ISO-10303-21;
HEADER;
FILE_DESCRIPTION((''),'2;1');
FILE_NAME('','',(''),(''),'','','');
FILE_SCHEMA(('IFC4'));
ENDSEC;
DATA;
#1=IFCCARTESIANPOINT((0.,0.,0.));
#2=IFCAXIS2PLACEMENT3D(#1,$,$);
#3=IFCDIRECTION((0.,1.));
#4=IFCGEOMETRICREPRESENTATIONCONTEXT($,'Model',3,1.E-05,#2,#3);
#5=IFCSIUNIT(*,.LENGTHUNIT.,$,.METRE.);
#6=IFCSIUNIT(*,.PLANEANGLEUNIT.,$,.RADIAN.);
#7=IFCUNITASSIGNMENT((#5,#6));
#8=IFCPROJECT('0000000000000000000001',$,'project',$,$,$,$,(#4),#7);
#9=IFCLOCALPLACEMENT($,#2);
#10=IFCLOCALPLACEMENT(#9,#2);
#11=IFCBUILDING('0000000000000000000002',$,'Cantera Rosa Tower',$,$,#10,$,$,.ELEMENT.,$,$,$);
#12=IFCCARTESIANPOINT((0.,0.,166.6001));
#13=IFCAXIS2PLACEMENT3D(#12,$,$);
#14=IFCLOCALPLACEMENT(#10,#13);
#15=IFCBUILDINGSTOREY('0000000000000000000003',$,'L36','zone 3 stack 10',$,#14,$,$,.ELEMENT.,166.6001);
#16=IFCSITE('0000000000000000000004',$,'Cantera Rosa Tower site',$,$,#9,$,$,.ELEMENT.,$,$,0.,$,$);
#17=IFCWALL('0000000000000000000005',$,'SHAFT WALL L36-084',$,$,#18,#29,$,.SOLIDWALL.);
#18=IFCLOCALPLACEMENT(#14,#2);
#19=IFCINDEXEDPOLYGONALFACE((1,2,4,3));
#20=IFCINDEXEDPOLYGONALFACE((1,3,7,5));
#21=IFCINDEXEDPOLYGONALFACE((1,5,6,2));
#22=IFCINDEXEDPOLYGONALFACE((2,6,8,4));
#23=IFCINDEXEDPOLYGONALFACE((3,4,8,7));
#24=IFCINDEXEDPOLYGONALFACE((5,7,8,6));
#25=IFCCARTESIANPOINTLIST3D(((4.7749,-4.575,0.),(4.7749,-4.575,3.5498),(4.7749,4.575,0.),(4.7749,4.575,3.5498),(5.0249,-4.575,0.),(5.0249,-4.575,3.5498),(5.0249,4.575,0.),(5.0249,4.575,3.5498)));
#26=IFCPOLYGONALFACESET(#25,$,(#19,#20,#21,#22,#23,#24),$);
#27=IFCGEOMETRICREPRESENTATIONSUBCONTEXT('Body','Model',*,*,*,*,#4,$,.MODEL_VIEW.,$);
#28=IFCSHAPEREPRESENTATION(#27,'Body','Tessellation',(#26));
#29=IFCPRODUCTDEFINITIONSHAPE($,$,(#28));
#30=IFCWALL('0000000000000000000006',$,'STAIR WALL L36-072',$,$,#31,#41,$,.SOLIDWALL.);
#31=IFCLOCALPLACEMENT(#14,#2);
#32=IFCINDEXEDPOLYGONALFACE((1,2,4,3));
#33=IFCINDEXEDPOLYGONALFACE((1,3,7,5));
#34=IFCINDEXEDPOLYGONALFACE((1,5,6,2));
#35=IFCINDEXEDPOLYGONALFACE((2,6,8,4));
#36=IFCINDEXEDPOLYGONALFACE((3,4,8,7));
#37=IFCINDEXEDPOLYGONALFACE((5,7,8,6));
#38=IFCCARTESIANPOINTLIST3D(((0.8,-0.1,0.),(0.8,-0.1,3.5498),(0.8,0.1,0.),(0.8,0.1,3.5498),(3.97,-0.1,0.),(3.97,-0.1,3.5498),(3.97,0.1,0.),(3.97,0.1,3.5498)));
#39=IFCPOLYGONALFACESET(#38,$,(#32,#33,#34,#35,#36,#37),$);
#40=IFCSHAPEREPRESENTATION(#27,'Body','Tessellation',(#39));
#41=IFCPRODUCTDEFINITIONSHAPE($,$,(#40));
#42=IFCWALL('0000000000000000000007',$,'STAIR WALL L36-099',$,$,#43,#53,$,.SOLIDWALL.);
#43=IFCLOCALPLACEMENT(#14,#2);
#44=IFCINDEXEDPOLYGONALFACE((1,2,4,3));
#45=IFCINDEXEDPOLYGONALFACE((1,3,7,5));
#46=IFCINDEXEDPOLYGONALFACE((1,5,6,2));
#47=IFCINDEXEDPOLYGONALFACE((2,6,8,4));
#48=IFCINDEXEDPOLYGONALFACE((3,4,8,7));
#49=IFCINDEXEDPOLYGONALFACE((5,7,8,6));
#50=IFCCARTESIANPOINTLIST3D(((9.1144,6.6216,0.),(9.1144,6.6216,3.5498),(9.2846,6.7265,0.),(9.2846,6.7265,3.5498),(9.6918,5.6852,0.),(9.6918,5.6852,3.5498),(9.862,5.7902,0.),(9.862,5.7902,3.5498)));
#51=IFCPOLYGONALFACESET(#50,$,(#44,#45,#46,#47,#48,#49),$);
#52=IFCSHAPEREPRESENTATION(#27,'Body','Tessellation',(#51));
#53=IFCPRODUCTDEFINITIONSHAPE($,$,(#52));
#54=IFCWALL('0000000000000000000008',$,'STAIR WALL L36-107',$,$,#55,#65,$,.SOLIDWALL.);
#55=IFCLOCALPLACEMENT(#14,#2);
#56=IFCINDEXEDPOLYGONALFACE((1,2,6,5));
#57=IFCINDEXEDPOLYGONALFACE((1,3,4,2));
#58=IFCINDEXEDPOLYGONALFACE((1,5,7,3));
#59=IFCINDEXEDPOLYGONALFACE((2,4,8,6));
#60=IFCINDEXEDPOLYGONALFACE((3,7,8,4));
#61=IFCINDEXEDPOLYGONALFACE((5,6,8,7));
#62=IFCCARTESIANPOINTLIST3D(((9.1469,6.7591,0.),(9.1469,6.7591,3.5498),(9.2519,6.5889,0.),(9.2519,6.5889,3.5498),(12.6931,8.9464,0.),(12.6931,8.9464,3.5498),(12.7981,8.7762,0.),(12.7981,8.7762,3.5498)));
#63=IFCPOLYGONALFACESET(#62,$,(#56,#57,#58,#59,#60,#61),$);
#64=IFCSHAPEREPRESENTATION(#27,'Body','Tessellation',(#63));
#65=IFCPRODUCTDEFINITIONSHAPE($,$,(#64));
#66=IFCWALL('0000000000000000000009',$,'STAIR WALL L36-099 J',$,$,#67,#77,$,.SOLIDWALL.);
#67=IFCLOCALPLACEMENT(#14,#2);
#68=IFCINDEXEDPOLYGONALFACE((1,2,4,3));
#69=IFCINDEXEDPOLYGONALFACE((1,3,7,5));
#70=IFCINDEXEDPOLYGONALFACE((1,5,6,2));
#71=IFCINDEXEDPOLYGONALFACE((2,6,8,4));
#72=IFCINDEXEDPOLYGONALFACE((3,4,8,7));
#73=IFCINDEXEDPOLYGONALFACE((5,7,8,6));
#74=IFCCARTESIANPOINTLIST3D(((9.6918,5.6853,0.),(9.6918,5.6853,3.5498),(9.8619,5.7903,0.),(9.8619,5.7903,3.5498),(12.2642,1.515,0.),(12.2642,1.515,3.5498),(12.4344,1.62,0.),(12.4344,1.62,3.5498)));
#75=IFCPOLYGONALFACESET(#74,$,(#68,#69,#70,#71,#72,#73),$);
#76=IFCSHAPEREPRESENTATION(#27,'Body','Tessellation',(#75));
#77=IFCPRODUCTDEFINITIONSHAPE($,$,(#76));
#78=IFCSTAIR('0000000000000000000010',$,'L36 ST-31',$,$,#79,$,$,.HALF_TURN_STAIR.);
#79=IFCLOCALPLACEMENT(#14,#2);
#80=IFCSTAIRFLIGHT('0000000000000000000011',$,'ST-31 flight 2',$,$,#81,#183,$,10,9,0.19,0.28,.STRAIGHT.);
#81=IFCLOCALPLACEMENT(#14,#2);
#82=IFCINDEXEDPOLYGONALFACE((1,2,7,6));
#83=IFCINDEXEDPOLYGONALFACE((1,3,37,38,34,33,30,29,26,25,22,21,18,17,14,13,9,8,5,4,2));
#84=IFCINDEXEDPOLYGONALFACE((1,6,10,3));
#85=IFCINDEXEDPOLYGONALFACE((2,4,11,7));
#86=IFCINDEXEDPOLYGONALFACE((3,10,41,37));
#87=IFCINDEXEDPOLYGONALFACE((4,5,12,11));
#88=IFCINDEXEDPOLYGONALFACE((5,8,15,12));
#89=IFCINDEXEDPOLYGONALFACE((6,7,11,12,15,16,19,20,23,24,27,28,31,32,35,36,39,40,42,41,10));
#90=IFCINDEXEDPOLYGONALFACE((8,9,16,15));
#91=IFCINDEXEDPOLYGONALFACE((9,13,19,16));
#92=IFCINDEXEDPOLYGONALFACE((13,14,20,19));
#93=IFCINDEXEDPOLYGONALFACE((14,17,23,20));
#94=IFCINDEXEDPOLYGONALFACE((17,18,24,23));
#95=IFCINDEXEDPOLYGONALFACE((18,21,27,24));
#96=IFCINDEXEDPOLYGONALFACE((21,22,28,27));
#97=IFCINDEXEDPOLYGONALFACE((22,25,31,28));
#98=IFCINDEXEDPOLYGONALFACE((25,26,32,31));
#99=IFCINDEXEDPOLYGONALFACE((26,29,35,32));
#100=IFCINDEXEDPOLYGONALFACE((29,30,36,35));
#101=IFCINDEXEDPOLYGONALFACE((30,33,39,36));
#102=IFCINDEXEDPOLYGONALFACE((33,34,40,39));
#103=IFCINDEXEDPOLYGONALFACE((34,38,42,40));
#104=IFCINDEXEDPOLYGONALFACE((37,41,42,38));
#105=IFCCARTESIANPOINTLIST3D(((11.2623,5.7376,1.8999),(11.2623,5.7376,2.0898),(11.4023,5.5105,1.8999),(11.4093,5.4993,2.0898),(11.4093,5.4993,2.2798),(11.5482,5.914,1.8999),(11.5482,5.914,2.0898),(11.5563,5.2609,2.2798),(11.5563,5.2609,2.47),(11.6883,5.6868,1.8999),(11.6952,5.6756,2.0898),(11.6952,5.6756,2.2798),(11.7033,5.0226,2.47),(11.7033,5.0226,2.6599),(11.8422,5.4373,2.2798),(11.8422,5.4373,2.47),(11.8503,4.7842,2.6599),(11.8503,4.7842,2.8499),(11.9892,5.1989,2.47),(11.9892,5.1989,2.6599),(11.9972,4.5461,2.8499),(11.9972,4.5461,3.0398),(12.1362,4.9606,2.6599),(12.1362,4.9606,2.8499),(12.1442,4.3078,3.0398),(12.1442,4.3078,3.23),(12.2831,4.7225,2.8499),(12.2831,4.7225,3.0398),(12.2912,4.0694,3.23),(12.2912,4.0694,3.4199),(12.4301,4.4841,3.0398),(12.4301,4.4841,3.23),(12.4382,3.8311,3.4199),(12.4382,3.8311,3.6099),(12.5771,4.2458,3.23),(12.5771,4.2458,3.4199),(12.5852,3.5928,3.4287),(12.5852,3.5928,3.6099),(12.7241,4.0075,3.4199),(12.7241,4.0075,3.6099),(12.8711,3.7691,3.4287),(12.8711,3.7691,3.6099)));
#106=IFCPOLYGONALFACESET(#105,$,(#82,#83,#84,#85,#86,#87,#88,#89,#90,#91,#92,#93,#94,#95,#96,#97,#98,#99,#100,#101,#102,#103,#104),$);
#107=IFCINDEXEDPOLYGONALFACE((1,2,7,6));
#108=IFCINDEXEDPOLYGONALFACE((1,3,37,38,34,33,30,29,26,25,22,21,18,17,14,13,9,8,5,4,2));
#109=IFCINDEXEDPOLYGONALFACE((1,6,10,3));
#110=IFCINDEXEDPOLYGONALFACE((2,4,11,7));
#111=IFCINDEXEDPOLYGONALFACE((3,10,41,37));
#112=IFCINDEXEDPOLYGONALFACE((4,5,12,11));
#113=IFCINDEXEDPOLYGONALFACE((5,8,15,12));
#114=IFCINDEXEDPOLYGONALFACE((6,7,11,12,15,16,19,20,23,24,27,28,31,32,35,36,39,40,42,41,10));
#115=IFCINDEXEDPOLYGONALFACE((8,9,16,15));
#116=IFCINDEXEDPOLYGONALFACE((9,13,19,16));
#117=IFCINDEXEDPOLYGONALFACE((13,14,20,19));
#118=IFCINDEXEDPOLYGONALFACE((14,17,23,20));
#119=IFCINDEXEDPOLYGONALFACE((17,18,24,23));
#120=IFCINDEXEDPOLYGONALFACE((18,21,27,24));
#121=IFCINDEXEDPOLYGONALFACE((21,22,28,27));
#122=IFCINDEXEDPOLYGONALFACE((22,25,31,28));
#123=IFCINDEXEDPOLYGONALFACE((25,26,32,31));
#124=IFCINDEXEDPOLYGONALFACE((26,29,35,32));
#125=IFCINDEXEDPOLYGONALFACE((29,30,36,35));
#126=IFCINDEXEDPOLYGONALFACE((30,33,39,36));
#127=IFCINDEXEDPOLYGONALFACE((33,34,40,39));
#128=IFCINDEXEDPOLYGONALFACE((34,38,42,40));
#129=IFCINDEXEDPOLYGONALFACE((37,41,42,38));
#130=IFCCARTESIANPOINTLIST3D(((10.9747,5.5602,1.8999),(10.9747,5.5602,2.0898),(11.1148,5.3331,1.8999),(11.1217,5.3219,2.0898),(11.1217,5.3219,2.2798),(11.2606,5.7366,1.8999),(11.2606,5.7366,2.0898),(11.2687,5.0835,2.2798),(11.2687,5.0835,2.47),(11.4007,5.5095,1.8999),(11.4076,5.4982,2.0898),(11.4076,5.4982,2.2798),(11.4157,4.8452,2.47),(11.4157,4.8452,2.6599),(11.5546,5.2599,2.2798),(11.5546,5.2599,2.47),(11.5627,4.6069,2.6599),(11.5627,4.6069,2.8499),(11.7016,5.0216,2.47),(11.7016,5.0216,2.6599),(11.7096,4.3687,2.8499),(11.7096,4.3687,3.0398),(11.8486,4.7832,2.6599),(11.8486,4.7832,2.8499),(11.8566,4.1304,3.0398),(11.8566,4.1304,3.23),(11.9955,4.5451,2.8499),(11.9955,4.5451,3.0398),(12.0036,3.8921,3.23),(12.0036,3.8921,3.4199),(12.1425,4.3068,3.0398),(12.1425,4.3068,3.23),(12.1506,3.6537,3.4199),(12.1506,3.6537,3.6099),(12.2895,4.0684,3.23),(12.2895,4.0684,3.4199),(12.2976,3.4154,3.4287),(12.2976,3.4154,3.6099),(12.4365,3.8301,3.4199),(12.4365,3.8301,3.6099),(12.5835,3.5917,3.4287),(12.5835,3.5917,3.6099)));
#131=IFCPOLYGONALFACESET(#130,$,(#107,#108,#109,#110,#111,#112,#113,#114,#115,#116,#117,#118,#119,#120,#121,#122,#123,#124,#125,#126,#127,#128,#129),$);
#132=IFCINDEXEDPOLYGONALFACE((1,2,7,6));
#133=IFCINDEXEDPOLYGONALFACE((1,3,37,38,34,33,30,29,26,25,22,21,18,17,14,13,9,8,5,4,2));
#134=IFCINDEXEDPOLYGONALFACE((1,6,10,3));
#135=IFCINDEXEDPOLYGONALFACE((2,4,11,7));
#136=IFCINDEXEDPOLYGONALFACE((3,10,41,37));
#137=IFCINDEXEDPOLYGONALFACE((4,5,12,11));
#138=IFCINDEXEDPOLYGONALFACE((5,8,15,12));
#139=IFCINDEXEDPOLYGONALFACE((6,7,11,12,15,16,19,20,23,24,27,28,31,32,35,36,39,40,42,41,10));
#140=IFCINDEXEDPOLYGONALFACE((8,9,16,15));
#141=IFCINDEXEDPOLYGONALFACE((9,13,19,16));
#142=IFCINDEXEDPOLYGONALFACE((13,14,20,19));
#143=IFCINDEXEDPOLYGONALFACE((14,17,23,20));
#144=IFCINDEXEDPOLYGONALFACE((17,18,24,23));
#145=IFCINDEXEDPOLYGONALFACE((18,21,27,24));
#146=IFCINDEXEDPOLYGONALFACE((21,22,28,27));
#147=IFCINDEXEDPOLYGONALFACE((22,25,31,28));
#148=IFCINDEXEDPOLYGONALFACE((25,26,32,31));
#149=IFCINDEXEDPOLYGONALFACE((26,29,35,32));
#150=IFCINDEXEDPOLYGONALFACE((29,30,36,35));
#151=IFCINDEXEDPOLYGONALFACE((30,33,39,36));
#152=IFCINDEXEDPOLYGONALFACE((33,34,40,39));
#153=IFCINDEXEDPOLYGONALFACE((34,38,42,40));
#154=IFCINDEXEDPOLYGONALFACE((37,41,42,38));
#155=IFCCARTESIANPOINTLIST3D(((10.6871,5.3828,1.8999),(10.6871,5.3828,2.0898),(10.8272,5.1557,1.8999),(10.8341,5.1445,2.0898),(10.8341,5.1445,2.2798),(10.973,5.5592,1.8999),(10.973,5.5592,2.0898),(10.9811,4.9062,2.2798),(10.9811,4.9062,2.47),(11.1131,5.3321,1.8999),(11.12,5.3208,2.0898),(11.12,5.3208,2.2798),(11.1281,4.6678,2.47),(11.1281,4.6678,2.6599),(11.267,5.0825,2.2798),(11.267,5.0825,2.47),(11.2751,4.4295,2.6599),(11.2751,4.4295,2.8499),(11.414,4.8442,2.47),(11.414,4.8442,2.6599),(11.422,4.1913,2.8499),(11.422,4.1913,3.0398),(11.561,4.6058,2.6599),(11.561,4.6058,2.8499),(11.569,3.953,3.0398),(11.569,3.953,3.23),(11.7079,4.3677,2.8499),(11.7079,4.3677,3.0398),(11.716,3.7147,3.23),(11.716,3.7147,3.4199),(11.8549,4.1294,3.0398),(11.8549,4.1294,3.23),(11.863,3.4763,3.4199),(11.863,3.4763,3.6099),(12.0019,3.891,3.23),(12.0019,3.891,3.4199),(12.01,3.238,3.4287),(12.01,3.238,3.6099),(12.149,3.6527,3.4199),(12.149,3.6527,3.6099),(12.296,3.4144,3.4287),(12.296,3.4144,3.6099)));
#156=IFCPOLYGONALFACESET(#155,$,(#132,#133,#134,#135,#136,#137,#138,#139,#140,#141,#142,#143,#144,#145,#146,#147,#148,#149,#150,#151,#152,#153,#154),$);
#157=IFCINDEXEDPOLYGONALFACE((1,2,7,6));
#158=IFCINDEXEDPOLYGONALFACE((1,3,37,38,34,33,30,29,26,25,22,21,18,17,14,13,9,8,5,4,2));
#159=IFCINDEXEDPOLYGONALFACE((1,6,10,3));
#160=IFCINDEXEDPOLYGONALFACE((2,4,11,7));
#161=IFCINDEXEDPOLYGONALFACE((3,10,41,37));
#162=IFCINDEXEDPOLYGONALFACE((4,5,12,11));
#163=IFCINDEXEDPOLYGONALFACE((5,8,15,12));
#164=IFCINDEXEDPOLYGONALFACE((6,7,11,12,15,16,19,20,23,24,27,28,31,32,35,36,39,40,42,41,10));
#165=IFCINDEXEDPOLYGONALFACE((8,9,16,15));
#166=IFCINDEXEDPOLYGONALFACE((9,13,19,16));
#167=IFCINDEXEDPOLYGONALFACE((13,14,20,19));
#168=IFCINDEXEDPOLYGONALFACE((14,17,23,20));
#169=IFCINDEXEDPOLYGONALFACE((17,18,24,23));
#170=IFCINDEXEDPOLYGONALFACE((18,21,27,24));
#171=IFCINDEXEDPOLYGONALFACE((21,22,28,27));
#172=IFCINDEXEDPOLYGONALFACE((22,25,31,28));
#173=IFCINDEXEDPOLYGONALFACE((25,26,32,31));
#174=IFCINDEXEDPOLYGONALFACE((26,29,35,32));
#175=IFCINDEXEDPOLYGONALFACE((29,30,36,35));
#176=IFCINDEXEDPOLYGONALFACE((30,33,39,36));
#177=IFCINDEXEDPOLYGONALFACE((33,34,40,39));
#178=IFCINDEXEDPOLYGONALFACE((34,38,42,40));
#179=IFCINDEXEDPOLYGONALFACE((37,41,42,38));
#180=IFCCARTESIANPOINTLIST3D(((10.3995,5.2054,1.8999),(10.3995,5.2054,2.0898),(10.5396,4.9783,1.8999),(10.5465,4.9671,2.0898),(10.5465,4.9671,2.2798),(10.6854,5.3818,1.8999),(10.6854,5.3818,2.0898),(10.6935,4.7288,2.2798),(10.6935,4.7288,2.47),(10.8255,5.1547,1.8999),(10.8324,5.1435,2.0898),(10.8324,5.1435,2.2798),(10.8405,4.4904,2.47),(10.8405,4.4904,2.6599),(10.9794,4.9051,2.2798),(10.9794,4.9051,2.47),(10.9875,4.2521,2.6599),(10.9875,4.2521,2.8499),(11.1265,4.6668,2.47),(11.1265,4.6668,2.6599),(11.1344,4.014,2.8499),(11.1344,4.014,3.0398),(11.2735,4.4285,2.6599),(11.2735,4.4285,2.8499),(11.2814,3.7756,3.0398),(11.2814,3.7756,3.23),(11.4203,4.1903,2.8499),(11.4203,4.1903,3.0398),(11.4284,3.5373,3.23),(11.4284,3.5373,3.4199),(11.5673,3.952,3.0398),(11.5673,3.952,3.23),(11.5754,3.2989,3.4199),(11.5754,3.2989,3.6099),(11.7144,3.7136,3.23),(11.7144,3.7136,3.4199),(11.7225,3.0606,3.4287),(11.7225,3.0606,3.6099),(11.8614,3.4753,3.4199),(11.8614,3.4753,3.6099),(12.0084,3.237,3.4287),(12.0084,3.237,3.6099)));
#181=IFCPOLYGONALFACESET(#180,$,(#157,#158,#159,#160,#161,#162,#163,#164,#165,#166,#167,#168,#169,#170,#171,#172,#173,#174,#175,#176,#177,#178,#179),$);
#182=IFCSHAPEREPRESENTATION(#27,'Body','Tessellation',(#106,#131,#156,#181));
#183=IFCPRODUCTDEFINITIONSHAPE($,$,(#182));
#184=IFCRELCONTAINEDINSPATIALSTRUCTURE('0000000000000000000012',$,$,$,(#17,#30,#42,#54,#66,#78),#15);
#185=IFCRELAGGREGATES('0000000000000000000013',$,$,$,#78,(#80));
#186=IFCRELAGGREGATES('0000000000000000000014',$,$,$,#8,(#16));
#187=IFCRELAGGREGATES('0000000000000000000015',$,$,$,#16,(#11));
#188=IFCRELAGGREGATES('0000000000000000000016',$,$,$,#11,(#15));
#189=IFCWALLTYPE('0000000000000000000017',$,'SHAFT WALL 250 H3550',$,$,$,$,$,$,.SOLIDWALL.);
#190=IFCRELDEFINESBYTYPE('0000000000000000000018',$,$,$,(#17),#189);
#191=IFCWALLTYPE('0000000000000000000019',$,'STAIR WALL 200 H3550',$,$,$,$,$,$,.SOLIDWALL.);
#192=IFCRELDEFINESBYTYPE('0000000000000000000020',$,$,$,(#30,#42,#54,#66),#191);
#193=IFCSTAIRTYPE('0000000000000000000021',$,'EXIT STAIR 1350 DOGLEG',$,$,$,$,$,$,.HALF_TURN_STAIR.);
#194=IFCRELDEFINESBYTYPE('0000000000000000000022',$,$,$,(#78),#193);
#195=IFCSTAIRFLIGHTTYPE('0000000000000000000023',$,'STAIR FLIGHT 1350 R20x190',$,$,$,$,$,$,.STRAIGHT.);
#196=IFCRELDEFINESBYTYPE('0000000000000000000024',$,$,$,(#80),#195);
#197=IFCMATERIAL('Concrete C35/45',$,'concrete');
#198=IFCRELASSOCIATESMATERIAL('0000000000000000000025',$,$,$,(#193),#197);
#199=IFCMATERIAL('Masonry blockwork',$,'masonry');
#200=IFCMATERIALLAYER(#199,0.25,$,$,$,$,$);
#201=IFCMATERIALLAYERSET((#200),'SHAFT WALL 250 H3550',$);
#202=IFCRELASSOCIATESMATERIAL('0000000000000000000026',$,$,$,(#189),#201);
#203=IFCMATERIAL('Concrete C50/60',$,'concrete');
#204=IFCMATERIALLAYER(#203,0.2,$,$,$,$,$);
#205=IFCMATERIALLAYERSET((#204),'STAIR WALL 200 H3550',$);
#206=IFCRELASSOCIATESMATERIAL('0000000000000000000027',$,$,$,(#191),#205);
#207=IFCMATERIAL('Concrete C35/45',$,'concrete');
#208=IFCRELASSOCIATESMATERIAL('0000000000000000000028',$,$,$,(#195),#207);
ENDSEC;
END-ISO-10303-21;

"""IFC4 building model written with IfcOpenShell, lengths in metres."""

from ifc_helpers import new_model, si_unit, direction, frame, frame_2d, origin, place, context, subcontext, project, spatial, polyline, rectangle, outline, extrude, material, layer, layer_set, type_object, element, aggregate, save


model = new_model("IFC4")

# Units and contexts
model_context = context("Model", 3, precision=1e-05, world=origin(), true_north=direction((0.0, 1.0)))
body_context = subcontext(model_context, "Body", "Model", "MODEL_VIEW")
ifc_project = project(units=[si_unit("LENGTHUNIT", "METRE"), si_unit("PLANEANGLEUNIT", "RADIAN")], contexts=[model_context])

# Site, building, storey
site_placement = place(None, origin())
site = spatial("IfcSite", under=ifc_project, at=site_placement, Name="Cantera Rosa Tower site", CompositionType="ELEMENT", RefElevation=0.0)
building_placement = place(site_placement, origin())
building = spatial("IfcBuilding", under=site, at=building_placement, Name="Cantera Rosa Tower", CompositionType="ELEMENT")
storey_placement = place(building_placement, frame((0.0, 0.0, 166.6001)))
storey = spatial("IfcBuildingStorey", under=building, at=storey_placement, Name="L36", Description="zone 3 stack 10", CompositionType="ELEMENT", Elevation=166.6001)

# Shared definitions
ifc_material_1 = material(Name="Concrete C35/45", Category="concrete")
stair_type = type_object("IfcStairType", Name="EXIT STAIR 1350 DOGLEG", PredefinedType="HALF_TURN_STAIR", material=ifc_material_1)

# Walls
ifc_material_2 = material(Name="Masonry blockwork", Category="masonry")
ifc_layer_1 = layer(ifc_material_2, 0.25)
ifc_layer_set_1 = layer_set([ifc_layer_1], Name="SHAFT WALL 250 H3550")
wall_type_1 = type_object("IfcWallType", Name="SHAFT WALL 250 H3550", PredefinedType="SOLIDWALL", material=ifc_layer_set_1)
wall_1_placement = place(storey_placement, frame((4.8999, 4.575, 0.0), z_axis=(0.0, 0.0, 1.0), x_axis=(0.0, -1.0, 0.0)))
element("IfcWall", 1, at=wall_1_placement, inside=storey, type_object=wall_type_1, Name="SHAFT WALL L36-084", PredefinedType="SOLIDWALL", context=body_context, shape_type="SweptSolid", body=[
    extrude(rectangle(XDim=9.1499, YDim=0.25, at=frame_2d((4.575, 0.0))), origin(), (0.0, 0.0, 1.0), 3.5498),
])
ifc_material_3 = material(Name="Concrete C50/60", Category="concrete")
ifc_layer_2 = layer(ifc_material_3, 0.2)
ifc_layer_set_2 = layer_set([ifc_layer_2], Name="STAIR WALL 200 H3550")
wall_type_2 = type_object("IfcWallType", Name="STAIR WALL 200 H3550", PredefinedType="SOLIDWALL", material=ifc_layer_set_2)
wall_2_placement = place(storey_placement, frame((0.8, 0.0, 0.0), z_axis=(0.0, 0.0, 1.0), x_axis=(1.0, 0.0, 0.0)))
element("IfcWall", 2, at=wall_2_placement, inside=storey, type_object=wall_type_2, Name="STAIR WALL L36-072", PredefinedType="SOLIDWALL", context=body_context, shape_type="SweptSolid", body=[
    extrude(rectangle(XDim=3.1699, YDim=0.2, at=frame_2d((1.585, 0.0))), origin(), (0.0, 0.0, 1.0), 3.5498),
])
wall_3_placement = place(storey_placement, frame((9.1995, 6.6741, 0.0), z_axis=(0.0, 0.0, 1.0), x_axis=(0.524902, -0.851163, 0.0)))
element("IfcWall", 3, at=wall_3_placement, inside=storey, type_object=wall_type_2, Name="STAIR WALL L36-099", PredefinedType="SOLIDWALL", context=body_context, shape_type="SweptSolid", body=[
    extrude(rectangle(XDim=1.1001, YDim=0.2, at=frame_2d((0.55, 0.0))), origin(), (0.0, 0.0, 1.0), 3.5498),
])
wall_4_placement = place(storey_placement, frame((12.7456, 8.8613, 0.0), z_axis=(0.0, 0.0, 1.0), x_axis=(-0.851121, -0.52497, 0.0)))
element("IfcWall", 4, at=wall_4_placement, inside=storey, type_object=wall_type_2, Name="STAIR WALL L36-107", PredefinedType="SOLIDWALL", context=body_context, shape_type="SweptSolid", body=[
    extrude(rectangle(XDim=4.1665, YDim=0.2, at=frame_2d((2.0833, 0.0))), origin(), (0.0, 0.0, 1.0), 3.5498),
])
wall_5_placement = place(storey_placement, frame((9.7769, 5.7378, 0.0), z_axis=(0.0, 0.0, 1.0), x_axis=(0.525001, -0.851102, 0.0)))
element("IfcWall", 5, at=wall_5_placement, inside=storey, type_object=wall_type_2, Name="STAIR WALL L36-099 J", PredefinedType="SOLIDWALL", context=body_context, shape_type="SweptSolid", body=[
    extrude(rectangle(XDim=4.8999, YDim=0.2, at=frame_2d((2.45, 0.0))), origin(), (0.0, 0.0, 1.0), 3.5498),
])

# Stair, stair flight
stair_1_placement = place(storey_placement, origin())
stair_1 = element("IfcStair", 6, at=stair_1_placement, inside=storey, type_object=stair_type, Name="L36 ST-31", PredefinedType="HALF_TURN_STAIR")
ifc_material_4 = material(Name="Concrete C35/45", Category="concrete")
stair_flight_type = type_object("IfcStairFlightType", Name="STAIR FLIGHT 1350 R20x190", PredefinedType="STRAIGHT", material=ifc_material_4)
stair_flight_placement = place(storey_placement, frame((10.9736, 5.5596, 1.8999), z_axis=(0.0, 0.0, 1.0), x_axis=(0.524977, -0.851117, 0.0)))
stair_flight = element("IfcStairFlight", 7, at=stair_flight_placement, type_object=stair_flight_type, Name="ST-31 flight 2", NumberOfRisers=10, NumberOfTreads=9, PredefinedType="STRAIGHT", RiserHeight=0.19, TreadLength=0.28, context=body_context, shape_type="SweptSolid", body=[
    extrude(outline(polyline([(0.0, 0.0), (0.0, 0.1899), (0.28, 0.1899), (0.28, 0.3799), (0.5601, 0.3799), (0.5601, 0.5701), (0.8401, 0.5701), (0.8401, 0.76), (1.1201, 0.76), (1.1201, 0.95), (1.3999, 0.95), (1.3999, 1.1399), (1.6799, 1.1399), (1.6799, 1.3301), (1.96, 1.3301), (1.96, 1.52), (2.24, 1.52), (2.24, 1.71), (2.52, 1.71), (2.52, 1.8999), (2.52, 1.5288), (0.2668, 0.0), (0.0, 0.0)])), frame((0.0, 0.675, 0.0), z_axis=(0.0, -1.0, 0.0), x_axis=(1.0, 0.0, 0.0)), (0.0, 0.0, 1.0), 0.3359),
    extrude(outline(polyline([(0.0, 0.0), (0.0, 0.1899), (0.28, 0.1899), (0.28, 0.3799), (0.5601, 0.3799), (0.5601, 0.5701), (0.8401, 0.5701), (0.8401, 0.76), (1.1201, 0.76), (1.1201, 0.95), (1.3999, 0.95), (1.3999, 1.1399), (1.6799, 1.1399), (1.6799, 1.3301), (1.96, 1.3301), (1.96, 1.52), (2.24, 1.52), (2.24, 1.71), (2.52, 1.71), (2.52, 1.8999), (2.52, 1.5288), (0.2668, 0.0), (0.0, 0.0)])), frame((0.0, 0.3372, 0.0), z_axis=(0.0, -1.0, 0.0), x_axis=(1.0, 0.0, 0.0)), (0.0, 0.0, 1.0), 0.3359),
    extrude(outline(polyline([(0.0, 0.0), (0.0, 0.1899), (0.28, 0.1899), (0.28, 0.3799), (0.5601, 0.3799), (0.5601, 0.5701), (0.8401, 0.5701), (0.8401, 0.76), (1.1201, 0.76), (1.1201, 0.95), (1.3999, 0.95), (1.3999, 1.1399), (1.6799, 1.1399), (1.6799, 1.3301), (1.96, 1.3301), (1.96, 1.52), (2.24, 1.52), (2.24, 1.71), (2.52, 1.71), (2.52, 1.8999), (2.52, 1.5288), (0.2668, 0.0), (0.0, 0.0)])), frame((0.0, -0.0007, 0.0), z_axis=(0.0, -1.0, 0.0), x_axis=(1.0, 0.0, 0.0)), (0.0, 0.0, 1.0), 0.3359),
    extrude(outline(polyline([(0.0, 0.0), (0.0, 0.1899), (0.28, 0.1899), (0.28, 0.3799), (0.5601, 0.3799), (0.5601, 0.5701), (0.8401, 0.5701), (0.8401, 0.76), (1.1201, 0.76), (1.1201, 0.95), (1.3999, 0.95), (1.3999, 1.1399), (1.6799, 1.1399), (1.6799, 1.3301), (1.96, 1.3301), (1.96, 1.52), (2.24, 1.52), (2.24, 1.71), (2.52, 1.71), (2.52, 1.8999), (2.52, 1.5288), (0.2668, 0.0), (0.0, 0.0)])), frame((0.0, -0.3386, 0.0), z_axis=(0.0, -1.0, 0.0), x_axis=(1.0, 0.0, 0.0)), (0.0, 0.0, 1.0), 0.3359),
])
aggregate(stair_1, [stair_flight])

save(model, "model.ifc")
